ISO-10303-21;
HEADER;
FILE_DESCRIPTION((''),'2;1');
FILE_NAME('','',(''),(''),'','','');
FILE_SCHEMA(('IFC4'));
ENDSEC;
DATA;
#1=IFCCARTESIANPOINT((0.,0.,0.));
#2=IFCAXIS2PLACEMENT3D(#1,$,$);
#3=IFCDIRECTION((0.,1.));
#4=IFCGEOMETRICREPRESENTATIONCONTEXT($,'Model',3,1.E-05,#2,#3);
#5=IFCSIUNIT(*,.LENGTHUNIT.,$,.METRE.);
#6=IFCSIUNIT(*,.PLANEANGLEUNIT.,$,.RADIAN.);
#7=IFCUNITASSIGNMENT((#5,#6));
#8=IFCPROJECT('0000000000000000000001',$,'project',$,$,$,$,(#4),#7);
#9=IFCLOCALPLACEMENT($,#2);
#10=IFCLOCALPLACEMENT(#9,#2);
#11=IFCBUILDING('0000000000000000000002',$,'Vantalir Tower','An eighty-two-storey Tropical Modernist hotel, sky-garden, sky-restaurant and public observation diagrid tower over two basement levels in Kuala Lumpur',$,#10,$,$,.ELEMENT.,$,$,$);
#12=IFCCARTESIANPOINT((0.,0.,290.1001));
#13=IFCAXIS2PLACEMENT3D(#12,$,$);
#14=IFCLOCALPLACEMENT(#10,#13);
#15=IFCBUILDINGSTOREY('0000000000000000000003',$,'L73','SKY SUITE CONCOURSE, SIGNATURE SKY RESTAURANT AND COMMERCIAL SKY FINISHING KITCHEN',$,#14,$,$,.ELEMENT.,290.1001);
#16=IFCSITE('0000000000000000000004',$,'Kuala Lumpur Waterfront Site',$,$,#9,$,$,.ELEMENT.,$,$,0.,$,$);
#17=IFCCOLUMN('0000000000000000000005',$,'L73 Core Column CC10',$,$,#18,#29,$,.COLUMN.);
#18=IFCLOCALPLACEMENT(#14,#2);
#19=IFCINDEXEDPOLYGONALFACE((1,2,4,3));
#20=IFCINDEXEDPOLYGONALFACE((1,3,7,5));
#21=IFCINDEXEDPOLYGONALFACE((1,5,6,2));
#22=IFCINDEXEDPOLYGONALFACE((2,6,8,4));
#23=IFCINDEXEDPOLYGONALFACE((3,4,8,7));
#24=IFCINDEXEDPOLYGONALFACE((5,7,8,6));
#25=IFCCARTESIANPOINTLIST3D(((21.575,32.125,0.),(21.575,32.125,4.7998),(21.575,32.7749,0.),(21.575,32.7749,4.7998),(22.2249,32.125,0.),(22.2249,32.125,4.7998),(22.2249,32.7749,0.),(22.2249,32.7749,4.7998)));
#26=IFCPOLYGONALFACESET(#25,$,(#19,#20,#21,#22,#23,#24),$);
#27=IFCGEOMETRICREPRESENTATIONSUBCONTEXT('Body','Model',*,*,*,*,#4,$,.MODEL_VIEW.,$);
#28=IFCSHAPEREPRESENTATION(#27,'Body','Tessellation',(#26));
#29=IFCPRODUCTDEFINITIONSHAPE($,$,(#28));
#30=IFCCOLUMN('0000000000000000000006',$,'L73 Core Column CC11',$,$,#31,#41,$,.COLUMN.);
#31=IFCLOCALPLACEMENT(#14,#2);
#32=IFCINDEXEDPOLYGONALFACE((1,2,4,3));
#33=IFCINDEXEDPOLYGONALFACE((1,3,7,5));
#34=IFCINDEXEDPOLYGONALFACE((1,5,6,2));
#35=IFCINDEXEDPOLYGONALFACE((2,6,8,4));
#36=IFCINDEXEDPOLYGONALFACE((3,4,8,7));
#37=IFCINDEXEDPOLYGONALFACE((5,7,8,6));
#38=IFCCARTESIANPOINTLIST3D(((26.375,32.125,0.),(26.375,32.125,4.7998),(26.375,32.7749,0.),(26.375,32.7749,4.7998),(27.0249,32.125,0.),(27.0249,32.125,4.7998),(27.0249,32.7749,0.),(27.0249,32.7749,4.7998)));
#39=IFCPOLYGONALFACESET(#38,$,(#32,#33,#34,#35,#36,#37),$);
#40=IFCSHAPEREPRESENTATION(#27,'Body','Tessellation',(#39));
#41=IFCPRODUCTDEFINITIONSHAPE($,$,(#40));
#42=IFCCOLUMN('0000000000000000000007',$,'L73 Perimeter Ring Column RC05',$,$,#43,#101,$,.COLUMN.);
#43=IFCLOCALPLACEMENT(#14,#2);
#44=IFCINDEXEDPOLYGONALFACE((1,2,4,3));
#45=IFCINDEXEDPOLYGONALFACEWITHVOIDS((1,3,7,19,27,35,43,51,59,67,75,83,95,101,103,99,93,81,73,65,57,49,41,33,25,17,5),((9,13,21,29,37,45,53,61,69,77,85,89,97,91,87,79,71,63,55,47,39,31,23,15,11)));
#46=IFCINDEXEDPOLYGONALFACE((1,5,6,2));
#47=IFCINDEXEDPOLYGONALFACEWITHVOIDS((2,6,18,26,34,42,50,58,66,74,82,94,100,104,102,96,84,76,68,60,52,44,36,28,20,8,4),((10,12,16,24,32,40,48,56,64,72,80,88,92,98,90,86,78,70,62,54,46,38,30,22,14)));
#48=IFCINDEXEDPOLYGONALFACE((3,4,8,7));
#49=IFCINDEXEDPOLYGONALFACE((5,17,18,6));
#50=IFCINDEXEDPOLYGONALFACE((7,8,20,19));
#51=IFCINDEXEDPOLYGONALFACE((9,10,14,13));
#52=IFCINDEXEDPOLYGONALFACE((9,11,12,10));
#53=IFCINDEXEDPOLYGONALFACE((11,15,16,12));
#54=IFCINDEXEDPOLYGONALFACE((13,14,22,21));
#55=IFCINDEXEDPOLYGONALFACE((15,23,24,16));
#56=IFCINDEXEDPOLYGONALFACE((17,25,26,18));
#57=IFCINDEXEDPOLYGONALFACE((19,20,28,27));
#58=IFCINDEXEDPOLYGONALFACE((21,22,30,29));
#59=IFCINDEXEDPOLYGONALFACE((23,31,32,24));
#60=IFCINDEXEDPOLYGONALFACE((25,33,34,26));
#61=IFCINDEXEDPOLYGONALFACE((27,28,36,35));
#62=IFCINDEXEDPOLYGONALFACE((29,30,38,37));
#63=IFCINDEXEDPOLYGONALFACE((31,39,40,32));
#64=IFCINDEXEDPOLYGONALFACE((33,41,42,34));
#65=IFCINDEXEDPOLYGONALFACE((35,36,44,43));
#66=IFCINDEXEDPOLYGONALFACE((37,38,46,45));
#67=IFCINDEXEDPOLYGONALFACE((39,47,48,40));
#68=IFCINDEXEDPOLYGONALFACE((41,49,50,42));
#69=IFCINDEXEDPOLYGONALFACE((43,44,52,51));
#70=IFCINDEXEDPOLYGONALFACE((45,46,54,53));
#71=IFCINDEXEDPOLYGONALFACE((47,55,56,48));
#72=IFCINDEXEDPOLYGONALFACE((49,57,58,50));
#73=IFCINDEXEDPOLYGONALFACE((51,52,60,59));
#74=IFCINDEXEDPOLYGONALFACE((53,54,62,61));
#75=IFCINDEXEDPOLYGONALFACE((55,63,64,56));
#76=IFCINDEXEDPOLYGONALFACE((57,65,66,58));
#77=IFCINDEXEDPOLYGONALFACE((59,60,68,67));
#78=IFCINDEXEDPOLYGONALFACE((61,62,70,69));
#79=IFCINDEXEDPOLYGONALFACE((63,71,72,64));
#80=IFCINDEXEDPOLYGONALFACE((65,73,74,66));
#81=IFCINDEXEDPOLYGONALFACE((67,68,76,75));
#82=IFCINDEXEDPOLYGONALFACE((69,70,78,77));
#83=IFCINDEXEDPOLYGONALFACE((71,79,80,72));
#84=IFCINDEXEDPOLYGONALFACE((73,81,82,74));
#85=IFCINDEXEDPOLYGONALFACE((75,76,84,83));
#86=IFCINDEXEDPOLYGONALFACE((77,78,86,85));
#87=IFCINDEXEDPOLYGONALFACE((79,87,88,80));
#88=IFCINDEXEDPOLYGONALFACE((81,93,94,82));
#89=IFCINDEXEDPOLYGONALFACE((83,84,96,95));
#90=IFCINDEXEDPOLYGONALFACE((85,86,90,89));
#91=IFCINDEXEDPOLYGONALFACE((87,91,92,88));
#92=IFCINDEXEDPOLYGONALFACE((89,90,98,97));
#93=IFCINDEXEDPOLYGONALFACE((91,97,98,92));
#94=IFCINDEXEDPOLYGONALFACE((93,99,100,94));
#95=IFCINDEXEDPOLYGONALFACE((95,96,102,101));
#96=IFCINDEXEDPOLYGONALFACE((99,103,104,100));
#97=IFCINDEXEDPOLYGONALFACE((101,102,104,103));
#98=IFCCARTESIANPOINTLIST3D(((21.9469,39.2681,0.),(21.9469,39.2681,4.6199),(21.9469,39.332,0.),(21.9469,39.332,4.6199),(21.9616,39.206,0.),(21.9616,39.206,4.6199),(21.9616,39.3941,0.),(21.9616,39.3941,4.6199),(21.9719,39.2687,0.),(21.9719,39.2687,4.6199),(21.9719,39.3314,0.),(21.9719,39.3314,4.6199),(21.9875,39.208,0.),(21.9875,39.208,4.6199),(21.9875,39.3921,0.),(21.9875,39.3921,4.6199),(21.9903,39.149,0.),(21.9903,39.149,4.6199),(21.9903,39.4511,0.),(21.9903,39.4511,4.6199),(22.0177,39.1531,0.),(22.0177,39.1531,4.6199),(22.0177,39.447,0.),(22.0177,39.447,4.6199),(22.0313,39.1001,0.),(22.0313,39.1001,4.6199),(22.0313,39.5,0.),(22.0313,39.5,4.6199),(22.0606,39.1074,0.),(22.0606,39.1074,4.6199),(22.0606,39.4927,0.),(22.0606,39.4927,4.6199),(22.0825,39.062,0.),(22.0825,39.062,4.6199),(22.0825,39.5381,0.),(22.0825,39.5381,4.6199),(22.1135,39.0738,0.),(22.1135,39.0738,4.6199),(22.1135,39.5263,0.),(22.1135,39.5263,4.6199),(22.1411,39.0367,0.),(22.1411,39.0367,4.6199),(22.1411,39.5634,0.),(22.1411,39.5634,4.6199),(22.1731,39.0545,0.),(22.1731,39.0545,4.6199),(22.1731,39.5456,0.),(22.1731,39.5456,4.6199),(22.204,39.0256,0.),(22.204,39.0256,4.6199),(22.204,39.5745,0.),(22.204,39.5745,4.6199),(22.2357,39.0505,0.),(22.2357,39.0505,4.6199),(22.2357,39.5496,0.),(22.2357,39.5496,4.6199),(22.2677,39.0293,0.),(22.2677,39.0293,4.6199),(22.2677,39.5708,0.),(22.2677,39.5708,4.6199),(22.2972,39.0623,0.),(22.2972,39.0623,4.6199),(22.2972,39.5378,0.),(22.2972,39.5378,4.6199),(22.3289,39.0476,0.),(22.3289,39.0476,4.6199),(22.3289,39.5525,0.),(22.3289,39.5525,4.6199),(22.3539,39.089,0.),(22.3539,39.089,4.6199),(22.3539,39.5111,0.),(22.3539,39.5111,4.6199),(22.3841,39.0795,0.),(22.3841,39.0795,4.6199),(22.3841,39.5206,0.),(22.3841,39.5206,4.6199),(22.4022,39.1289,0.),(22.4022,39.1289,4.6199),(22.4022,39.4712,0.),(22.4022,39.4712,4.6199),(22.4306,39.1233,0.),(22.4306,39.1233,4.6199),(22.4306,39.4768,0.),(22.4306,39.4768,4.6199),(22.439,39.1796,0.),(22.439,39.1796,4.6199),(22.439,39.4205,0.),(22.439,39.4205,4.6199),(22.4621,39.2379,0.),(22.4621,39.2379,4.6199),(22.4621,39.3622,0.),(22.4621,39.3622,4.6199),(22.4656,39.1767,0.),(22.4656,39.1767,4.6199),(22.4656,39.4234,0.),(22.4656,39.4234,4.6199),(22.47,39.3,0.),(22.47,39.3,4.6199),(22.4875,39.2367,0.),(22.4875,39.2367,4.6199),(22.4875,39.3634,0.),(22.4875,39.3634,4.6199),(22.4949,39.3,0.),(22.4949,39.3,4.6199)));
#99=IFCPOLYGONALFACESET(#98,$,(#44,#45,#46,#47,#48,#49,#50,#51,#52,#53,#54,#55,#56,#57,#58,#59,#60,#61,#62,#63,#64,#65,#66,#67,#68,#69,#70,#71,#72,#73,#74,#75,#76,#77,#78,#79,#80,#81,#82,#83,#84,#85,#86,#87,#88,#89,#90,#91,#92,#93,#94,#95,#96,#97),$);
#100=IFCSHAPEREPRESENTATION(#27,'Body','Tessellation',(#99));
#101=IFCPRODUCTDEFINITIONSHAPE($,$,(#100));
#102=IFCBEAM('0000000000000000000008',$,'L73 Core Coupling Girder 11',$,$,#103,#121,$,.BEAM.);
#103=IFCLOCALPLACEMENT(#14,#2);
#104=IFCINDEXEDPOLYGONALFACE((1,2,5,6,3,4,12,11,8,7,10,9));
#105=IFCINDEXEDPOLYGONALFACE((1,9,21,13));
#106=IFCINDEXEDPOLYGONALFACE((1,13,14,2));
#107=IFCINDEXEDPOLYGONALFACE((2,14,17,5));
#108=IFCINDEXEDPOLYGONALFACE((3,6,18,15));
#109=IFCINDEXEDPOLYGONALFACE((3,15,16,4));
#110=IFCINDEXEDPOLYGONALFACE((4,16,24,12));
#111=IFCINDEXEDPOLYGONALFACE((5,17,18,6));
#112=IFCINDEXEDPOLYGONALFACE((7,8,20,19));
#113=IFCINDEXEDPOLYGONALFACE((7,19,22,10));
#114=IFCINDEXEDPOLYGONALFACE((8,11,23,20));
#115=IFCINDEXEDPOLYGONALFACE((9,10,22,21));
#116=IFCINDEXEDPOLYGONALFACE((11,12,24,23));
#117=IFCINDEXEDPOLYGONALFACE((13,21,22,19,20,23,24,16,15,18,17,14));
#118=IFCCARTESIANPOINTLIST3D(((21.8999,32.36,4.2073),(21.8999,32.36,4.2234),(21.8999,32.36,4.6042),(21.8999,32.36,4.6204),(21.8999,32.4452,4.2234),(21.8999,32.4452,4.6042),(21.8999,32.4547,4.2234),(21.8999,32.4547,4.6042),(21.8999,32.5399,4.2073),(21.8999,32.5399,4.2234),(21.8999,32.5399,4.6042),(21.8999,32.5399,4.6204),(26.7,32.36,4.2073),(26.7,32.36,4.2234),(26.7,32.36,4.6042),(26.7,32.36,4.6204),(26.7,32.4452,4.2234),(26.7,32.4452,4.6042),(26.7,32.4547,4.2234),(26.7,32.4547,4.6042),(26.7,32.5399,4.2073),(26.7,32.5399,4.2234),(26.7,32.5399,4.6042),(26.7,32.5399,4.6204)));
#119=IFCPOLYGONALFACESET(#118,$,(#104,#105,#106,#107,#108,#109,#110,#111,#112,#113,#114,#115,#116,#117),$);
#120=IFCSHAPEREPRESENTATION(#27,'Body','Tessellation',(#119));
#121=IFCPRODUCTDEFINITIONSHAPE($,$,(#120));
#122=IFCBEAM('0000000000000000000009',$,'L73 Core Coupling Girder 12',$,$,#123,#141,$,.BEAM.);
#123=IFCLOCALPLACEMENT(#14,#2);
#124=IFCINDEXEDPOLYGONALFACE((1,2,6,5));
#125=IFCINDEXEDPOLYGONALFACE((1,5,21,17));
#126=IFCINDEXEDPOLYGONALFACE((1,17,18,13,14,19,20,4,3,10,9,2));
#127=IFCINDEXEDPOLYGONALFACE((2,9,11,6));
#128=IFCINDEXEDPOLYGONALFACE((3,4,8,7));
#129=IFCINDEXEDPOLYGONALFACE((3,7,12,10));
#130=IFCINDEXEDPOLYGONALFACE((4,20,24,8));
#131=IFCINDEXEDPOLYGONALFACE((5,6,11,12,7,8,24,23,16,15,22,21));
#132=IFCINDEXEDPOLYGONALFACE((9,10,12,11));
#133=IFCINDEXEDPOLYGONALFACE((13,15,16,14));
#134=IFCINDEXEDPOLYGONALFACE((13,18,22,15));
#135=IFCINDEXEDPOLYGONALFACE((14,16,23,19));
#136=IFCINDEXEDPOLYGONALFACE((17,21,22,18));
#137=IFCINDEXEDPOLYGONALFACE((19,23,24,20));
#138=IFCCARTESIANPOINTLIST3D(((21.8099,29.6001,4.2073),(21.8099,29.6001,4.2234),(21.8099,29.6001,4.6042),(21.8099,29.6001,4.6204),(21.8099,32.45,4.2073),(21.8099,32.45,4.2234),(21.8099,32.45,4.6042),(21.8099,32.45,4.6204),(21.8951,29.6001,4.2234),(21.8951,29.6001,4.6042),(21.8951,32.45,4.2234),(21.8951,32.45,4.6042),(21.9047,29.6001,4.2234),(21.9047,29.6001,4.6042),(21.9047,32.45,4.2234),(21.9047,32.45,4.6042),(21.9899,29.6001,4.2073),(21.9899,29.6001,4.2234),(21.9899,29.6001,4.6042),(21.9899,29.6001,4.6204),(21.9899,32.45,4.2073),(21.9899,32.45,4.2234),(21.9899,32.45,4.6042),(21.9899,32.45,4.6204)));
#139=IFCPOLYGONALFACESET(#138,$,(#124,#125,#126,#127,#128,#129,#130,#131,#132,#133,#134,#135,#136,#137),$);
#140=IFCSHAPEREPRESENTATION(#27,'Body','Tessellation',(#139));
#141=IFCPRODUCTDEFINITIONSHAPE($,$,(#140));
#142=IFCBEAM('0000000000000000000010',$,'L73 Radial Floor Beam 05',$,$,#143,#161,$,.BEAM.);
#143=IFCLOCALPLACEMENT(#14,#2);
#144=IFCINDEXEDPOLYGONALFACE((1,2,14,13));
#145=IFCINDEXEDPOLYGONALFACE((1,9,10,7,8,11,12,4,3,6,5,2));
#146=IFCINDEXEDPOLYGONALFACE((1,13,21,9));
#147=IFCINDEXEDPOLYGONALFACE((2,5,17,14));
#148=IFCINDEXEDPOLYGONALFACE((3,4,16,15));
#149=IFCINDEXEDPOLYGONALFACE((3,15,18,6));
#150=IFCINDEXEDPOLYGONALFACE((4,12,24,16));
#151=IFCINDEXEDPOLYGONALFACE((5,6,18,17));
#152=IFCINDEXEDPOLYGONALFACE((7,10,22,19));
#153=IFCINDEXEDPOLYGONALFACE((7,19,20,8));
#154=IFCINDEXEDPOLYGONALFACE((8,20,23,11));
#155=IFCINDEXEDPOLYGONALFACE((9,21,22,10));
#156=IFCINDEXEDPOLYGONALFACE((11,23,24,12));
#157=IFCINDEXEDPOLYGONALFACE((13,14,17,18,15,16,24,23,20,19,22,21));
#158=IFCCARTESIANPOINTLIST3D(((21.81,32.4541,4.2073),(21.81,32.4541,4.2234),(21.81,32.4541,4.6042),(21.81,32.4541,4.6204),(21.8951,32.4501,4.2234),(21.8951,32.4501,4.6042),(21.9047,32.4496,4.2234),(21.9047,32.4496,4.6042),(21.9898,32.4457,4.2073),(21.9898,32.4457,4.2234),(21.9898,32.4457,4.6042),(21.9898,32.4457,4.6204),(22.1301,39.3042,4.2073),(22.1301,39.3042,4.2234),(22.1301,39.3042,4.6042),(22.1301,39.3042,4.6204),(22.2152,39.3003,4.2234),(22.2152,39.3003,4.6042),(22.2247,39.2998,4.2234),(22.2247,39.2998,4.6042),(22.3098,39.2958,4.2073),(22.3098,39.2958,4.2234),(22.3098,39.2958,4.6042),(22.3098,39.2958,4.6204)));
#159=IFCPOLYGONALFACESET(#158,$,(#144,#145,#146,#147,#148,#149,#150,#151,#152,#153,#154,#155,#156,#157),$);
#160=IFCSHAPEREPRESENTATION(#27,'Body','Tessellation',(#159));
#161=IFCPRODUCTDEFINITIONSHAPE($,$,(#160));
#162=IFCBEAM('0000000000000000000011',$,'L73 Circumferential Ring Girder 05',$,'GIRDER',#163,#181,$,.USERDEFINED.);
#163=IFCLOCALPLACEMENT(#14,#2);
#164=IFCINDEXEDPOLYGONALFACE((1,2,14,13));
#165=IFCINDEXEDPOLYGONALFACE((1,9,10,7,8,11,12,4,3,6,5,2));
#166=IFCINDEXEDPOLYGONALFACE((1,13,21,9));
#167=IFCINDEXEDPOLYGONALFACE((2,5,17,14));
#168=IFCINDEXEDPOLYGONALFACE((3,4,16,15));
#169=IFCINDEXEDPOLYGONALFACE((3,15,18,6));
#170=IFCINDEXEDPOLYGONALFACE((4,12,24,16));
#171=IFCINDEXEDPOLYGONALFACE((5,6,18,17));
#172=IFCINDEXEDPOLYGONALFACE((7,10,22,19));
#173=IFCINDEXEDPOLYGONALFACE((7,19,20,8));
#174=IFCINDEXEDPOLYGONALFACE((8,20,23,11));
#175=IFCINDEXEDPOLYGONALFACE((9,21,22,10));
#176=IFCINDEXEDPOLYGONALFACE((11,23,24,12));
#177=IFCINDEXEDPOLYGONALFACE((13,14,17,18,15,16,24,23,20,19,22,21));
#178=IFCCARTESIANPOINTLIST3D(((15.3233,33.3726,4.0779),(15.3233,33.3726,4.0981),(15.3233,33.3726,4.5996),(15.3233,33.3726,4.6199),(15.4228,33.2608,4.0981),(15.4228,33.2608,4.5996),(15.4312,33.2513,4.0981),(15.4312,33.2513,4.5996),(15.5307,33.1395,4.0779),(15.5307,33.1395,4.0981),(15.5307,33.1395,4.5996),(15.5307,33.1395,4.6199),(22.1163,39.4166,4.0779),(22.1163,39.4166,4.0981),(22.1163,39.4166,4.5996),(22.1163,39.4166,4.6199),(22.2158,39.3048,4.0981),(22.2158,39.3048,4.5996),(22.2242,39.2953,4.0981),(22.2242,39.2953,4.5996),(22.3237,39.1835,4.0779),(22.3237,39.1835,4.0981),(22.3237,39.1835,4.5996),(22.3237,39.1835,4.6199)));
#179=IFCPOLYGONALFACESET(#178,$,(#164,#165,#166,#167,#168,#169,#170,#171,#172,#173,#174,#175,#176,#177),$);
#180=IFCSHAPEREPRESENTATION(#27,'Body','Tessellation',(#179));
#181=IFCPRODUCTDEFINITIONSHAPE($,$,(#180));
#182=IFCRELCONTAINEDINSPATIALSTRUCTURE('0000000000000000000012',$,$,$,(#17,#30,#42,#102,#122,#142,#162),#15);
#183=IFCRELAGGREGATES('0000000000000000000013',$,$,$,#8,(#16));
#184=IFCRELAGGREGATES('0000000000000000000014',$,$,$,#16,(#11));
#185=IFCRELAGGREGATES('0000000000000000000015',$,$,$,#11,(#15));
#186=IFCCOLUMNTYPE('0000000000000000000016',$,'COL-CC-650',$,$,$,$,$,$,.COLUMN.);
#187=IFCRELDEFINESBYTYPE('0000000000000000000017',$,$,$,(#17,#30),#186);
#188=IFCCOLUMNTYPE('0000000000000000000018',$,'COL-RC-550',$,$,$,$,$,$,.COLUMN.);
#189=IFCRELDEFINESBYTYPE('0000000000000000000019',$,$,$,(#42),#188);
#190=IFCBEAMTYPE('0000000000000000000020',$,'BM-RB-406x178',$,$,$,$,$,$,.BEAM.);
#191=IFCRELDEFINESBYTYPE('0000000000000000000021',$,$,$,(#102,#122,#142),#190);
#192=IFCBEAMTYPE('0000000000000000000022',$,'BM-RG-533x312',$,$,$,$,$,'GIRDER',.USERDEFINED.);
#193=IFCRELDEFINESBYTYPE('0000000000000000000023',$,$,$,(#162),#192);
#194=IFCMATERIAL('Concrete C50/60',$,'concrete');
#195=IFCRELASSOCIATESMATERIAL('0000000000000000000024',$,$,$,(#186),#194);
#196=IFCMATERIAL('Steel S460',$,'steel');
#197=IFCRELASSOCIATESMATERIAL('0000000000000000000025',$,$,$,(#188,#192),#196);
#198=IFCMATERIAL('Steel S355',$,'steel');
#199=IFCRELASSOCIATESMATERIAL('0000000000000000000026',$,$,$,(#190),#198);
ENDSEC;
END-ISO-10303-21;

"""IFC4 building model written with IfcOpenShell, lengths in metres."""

from ifc_helpers import new_model, si_unit, direction, frame, origin, origin_2d, place, context, subcontext, project, spatial, rectangle, hollow_circle, i_section, extrude, material, material_profile, profile_set, type_object, element, save


model = new_model("IFC4")

# Units and contexts
model_context = context("Model", 3, precision=1e-05, world=origin(), true_north=direction((0.0, 1.0)))
body_context = subcontext(model_context, "Body", "Model", "MODEL_VIEW")
ifc_project = project(units=[si_unit("LENGTHUNIT", "METRE"), si_unit("PLANEANGLEUNIT", "RADIAN")], contexts=[model_context])

# Site, building, storey
site_placement = place(None, origin())
site = spatial("IfcSite", under=ifc_project, at=site_placement, Name="Kuala Lumpur Waterfront Site", CompositionType="ELEMENT", RefElevation=0.0)
building_placement = place(site_placement, origin())
building = spatial("IfcBuilding", under=site, at=building_placement, Name="Vantalir Tower", Description="An eighty-two-storey Tropical Modernist hotel, sky-garden, sky-restaurant and public observation diagrid tower over two basement levels in Kuala Lumpur", CompositionType="ELEMENT")
storey_placement = place(building_placement, frame((0.0, 0.0, 290.1001)))
storey = spatial("IfcBuildingStorey", under=building, at=storey_placement, Name="L73", Description="SKY SUITE CONCOURSE, SIGNATURE SKY RESTAURANT AND COMMERCIAL SKY FINISHING KITCHEN", CompositionType="ELEMENT", Elevation=290.1001)

# Columns
ifc_material_1 = material(Name="Concrete C50/60", Category="concrete")
ifc_material_profile_1 = material_profile(ifc_material_1, rectangle(XDim=0.6499, YDim=0.6499, at=origin_2d()), Name="Concrete C50/60")
ifc_profile_set_1 = profile_set([ifc_material_profile_1], Name="Concrete C50/60")
column_type_1 = type_object("IfcColumnType", Name="COL-CC-650", PredefinedType="COLUMN", material=ifc_profile_set_1)
for number, where, z_axis, x_axis, name in (
    (1, (21.8999, 32.45, 0.0), (0.0, 0.0, 1.0), (1.0, 0.0, 0.0), "L73 Core Column CC10"),
    (2, (26.7, 32.45, 0.0), (0.0, 0.0, 1.0), (1.0, 0.0, 0.0), "L73 Core Column CC11"),
):
    element("IfcColumn", number, at=place(storey_placement, frame(where, z_axis=z_axis, x_axis=x_axis)), inside=storey, type_object=column_type_1, Name=name, PredefinedType="COLUMN", context=body_context, shape_type="SweptSolid", body=[
        extrude(rectangle(XDim=0.6499, YDim=0.6499, at=origin_2d()), origin(), (0.0, 0.0, 1.0), 4.7998),
    ])
ifc_material_2 = material(Name="Steel S460", Category="steel")
ifc_material_profile_2 = material_profile(ifc_material_2, hollow_circle(Radius=0.2749, WallThickness=0.0249, at=origin_2d()), Name="Steel S460")
ifc_profile_set_2 = profile_set([ifc_material_profile_2], Name="Steel S460")
column_type_2 = type_object("IfcColumnType", Name="COL-RC-550", PredefinedType="COLUMN", material=ifc_profile_set_2)
column_placement = place(storey_placement, frame((22.22, 39.3, 0.0), z_axis=(0.0, 0.0, 1.0), x_axis=(1.0, 0.0, 0.0)))
element("IfcColumn", 3, at=column_placement, inside=storey, type_object=column_type_2, Name="L73 Perimeter Ring Column RC05", PredefinedType="COLUMN", context=body_context, shape_type="SweptSolid", body=[
    extrude(hollow_circle(Radius=0.2749, WallThickness=0.0249, at=origin_2d()), origin(), (0.0, 0.0, 1.0), 4.6199),
])

# Beams
ifc_material_3 = material(Name="Steel S355", Category="steel")
ifc_material_profile_3 = material_profile(ifc_material_3, i_section(OverallWidth=0.1799, OverallDepth=0.4131, WebThickness=0.0095, FlangeThickness=0.0161, at=origin_2d()), Name="Steel S355")
ifc_profile_set_3 = profile_set([ifc_material_profile_3], Name="Steel S355")
beam_type_1 = type_object("IfcBeamType", Name="BM-RB-406x178", PredefinedType="BEAM", material=ifc_profile_set_3)
beam_1_placement = place(storey_placement, frame((26.7, 32.45, 4.4138), z_axis=(-1.0, 0.0, 0.0), x_axis=(0.0, -1.0, 0.0)))
element("IfcBeam", 4, at=beam_1_placement, inside=storey, type_object=beam_type_1, Name="L73 Core Coupling Girder 11", PredefinedType="BEAM", context=body_context, shape_type="SweptSolid", body=[
    extrude(i_section(OverallWidth=0.1799, OverallDepth=0.4131, WebThickness=0.0095, FlangeThickness=0.0161, at=origin_2d()), origin(), (0.0, 0.0, 1.0), 4.8),
])
beam_2_placement = place(storey_placement, frame((21.8999, 32.45, 4.4138), z_axis=(0.0, -1.0, 0.0), x_axis=(1.0, 0.0, 0.0)))
element("IfcBeam", 5, at=beam_2_placement, inside=storey, type_object=beam_type_1, Name="L73 Core Coupling Girder 12", PredefinedType="BEAM", context=body_context, shape_type="SweptSolid", body=[
    extrude(i_section(OverallWidth=0.1799, OverallDepth=0.4131, WebThickness=0.0095, FlangeThickness=0.0161, at=origin_2d()), origin(), (0.0, 0.0, 1.0), 2.8499),
])
beam_3_placement = place(storey_placement, frame((22.22, 39.3, 4.4138), z_axis=(-0.046674, -0.99891, 0.0), x_axis=(0.99891, -0.046674, 0.0)))
element("IfcBeam", 6, at=beam_3_placement, inside=storey, type_object=beam_type_1, Name="L73 Radial Floor Beam 05", PredefinedType="BEAM", context=body_context, shape_type="SweptSolid", body=[
    extrude(i_section(OverallWidth=0.1799, OverallDepth=0.4131, WebThickness=0.0095, FlangeThickness=0.0161, at=origin_2d()), origin(), (0.0, 0.0, 1.0), 6.8577),
])
ifc_material_profile_4 = material_profile(ifc_material_2, i_section(OverallWidth=0.312, OverallDepth=0.542, WebThickness=0.0127, FlangeThickness=0.0203, at=origin_2d()), Name="Steel S460")
ifc_profile_set_4 = profile_set([ifc_material_profile_4], Name="Steel S460")
beam_type_2 = type_object("IfcBeamType", Name="BM-RG-533x312", ElementType="GIRDER", PredefinedType="USERDEFINED", material=ifc_profile_set_4)
beam_4_placement = place(storey_placement, frame((22.22, 39.3, 4.3489), z_axis=(-0.747095, -0.664717, 0.0), x_axis=(0.664717, -0.747095, 0.0)))
element("IfcBeam", 7, at=beam_4_placement, inside=storey, type_object=beam_type_2, Name="L73 Circumferential Ring Girder 05", ObjectType="GIRDER", PredefinedType="USERDEFINED", context=body_context, shape_type="SweptSolid", body=[
    extrude(i_section(OverallWidth=0.312, OverallDepth=0.542, WebThickness=0.0127, FlangeThickness=0.0203, at=origin_2d()), origin(), (0.0, 0.0, 1.0), 9.0925),
])

save(model, "model.ifc")
